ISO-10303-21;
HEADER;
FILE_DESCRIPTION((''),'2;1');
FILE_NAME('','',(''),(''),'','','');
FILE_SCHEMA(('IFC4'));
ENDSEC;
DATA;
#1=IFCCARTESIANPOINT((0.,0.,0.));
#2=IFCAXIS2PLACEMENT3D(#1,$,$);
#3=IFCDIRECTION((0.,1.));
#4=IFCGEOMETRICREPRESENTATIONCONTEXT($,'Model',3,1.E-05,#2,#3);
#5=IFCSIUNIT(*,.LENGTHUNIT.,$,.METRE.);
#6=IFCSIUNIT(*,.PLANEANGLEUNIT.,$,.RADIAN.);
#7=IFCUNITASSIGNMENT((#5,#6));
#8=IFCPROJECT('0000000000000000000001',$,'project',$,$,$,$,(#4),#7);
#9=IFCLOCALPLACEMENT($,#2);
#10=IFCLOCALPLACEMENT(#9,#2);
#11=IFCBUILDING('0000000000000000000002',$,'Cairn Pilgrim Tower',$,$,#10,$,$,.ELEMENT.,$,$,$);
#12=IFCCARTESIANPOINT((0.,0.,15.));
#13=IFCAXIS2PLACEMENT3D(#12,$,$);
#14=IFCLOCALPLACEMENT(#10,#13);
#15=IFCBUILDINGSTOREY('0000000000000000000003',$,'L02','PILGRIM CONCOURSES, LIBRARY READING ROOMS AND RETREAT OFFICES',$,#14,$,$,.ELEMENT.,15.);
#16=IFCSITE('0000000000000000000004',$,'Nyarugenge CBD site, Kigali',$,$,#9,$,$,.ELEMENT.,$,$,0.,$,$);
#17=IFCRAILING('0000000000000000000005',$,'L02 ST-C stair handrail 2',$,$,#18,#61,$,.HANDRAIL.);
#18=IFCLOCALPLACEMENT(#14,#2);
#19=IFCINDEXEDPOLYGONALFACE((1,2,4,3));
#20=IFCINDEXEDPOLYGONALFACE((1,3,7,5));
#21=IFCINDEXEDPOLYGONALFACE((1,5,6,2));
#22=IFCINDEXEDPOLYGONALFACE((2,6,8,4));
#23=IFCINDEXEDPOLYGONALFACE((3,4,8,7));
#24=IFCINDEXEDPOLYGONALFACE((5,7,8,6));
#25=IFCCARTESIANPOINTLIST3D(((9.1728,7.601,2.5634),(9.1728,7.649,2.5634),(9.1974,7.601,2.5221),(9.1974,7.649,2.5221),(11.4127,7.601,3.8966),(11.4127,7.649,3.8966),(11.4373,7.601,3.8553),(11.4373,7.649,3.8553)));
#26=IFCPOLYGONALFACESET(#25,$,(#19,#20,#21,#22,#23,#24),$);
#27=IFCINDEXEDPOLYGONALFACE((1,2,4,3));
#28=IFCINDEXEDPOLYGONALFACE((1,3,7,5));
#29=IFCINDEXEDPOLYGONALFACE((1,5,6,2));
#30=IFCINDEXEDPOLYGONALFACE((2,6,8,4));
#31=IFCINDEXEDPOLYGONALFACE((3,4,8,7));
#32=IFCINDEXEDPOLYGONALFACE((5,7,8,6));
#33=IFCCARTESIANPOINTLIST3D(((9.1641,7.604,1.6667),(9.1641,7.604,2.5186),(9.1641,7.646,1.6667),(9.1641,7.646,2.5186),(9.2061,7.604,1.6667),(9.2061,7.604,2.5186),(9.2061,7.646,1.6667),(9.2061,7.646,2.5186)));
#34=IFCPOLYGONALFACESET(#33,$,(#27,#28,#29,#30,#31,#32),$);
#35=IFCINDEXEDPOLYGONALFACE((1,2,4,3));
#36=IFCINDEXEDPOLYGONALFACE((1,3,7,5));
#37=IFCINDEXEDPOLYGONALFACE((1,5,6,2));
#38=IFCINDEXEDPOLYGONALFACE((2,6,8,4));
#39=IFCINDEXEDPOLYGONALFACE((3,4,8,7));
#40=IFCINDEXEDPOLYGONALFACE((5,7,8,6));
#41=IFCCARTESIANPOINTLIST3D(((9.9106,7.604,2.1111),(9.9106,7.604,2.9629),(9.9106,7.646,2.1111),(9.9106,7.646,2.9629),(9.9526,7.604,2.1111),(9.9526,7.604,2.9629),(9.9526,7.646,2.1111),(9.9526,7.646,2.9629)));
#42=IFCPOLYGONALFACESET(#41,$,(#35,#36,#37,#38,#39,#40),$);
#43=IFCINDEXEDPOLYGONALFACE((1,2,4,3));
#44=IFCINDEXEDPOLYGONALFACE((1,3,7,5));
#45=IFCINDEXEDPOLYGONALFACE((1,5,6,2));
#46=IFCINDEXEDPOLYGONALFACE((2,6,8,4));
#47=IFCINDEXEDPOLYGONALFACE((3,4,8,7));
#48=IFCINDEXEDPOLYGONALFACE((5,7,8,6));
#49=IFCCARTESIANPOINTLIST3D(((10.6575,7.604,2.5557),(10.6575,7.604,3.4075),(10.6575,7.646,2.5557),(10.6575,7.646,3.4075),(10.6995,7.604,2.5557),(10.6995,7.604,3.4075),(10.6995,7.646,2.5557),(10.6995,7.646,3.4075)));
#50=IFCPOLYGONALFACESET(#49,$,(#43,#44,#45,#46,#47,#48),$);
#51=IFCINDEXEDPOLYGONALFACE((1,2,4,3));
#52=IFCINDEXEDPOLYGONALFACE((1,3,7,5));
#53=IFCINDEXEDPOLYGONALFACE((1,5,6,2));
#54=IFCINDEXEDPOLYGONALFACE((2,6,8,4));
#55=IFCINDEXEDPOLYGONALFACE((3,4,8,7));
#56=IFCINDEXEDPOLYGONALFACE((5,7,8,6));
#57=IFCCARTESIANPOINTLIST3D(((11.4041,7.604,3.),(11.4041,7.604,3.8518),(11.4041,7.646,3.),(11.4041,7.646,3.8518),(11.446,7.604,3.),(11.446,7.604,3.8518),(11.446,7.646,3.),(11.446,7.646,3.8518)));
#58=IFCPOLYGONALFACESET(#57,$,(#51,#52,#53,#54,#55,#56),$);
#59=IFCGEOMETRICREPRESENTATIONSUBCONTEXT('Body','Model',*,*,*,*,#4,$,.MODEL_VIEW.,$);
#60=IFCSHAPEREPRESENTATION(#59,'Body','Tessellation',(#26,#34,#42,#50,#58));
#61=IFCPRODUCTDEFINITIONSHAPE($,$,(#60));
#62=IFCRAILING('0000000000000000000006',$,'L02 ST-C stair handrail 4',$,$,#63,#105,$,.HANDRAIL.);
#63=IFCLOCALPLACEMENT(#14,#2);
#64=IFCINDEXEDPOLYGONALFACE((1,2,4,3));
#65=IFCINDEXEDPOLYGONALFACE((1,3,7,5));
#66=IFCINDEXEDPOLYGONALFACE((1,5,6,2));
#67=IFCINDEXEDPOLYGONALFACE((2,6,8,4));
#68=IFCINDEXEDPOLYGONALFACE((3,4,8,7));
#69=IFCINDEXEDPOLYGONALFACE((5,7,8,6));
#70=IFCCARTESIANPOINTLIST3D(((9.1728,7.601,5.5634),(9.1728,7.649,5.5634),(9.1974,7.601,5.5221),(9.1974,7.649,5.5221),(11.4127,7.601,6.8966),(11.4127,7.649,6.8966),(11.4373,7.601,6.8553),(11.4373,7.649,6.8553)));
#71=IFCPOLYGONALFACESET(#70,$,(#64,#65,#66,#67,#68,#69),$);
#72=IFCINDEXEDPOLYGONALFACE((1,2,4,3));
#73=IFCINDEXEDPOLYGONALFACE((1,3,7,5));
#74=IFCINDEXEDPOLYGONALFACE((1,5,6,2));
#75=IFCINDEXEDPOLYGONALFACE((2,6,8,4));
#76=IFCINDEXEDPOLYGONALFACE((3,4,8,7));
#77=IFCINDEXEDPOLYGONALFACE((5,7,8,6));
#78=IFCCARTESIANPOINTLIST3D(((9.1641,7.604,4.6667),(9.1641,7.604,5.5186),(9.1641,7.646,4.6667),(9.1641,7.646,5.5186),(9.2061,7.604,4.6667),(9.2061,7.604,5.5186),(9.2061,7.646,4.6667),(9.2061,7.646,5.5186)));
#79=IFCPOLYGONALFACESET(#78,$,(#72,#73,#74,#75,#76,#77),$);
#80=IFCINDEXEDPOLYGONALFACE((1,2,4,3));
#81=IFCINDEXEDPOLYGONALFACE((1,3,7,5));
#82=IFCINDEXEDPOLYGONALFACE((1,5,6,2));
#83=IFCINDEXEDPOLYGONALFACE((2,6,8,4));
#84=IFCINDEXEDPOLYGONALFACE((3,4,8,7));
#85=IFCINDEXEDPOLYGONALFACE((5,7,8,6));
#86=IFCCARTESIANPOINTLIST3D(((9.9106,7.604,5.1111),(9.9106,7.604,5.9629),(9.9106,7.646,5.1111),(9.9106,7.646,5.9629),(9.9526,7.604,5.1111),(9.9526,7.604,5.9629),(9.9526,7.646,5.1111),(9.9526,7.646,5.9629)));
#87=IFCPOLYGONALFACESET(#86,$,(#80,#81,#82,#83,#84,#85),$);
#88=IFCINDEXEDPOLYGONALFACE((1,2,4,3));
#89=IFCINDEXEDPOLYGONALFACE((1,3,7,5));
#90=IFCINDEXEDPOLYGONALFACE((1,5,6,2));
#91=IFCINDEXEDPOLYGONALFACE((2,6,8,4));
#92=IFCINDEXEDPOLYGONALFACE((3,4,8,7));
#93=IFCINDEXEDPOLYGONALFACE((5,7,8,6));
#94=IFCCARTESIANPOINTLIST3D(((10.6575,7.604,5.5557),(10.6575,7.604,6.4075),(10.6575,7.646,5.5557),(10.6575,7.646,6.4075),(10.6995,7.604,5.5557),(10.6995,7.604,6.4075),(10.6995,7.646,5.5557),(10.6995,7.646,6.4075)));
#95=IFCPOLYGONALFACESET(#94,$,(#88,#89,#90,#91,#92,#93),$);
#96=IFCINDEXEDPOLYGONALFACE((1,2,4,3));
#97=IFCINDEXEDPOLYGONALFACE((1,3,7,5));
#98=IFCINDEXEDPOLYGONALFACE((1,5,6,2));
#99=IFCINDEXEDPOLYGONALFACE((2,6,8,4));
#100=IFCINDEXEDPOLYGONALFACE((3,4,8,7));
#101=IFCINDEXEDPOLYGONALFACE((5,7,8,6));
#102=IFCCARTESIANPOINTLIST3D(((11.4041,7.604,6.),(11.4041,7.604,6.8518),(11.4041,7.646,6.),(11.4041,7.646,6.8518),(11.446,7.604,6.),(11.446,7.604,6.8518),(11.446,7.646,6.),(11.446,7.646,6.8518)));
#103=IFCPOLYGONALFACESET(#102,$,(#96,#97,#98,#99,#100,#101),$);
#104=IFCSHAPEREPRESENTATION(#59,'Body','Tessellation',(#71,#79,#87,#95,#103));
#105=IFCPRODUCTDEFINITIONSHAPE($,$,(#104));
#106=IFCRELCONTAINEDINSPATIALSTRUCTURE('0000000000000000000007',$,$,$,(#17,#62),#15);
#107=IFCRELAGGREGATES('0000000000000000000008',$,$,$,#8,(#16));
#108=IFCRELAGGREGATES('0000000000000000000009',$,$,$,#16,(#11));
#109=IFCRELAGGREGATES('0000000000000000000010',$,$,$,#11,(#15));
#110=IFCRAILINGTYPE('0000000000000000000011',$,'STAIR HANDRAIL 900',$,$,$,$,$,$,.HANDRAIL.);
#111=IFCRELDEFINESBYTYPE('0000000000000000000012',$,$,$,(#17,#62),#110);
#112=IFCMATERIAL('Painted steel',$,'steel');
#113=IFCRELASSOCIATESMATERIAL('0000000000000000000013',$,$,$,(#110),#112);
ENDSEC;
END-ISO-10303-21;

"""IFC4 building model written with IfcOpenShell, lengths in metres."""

from ifc_helpers import new_model, si_unit, direction, frame, origin, origin_2d, place, context, subcontext, project, spatial, rectangle, extrude, material, type_object, element, save


model = new_model("IFC4")

# Units and contexts
model_context = context("Model", 3, precision=1e-05, world=origin(), true_north=direction((0.0, 1.0)))
body_context = subcontext(model_context, "Body", "Model", "MODEL_VIEW")
ifc_project = project(units=[si_unit("LENGTHUNIT", "METRE"), si_unit("PLANEANGLEUNIT", "RADIAN")], contexts=[model_context])

# Site, building, storey
site_placement = place(None, origin())
site = spatial("IfcSite", under=ifc_project, at=site_placement, Name="Nyarugenge CBD site, Kigali", CompositionType="ELEMENT", RefElevation=0.0)
building_placement = place(site_placement, origin())
building = spatial("IfcBuilding", under=site, at=building_placement, Name="Cairn Pilgrim Tower", CompositionType="ELEMENT")
storey_placement = place(building_placement, frame((0.0, 0.0, 15.0)))
storey = spatial("IfcBuildingStorey", under=building, at=storey_placement, Name="L02", Description="PILGRIM CONCOURSES, LIBRARY READING ROOMS AND RETREAT OFFICES", CompositionType="ELEMENT", Elevation=15.0)

# Shared definitions
ifc_material_1 = material(Name="Painted steel", Category="steel")

# Railings
railing_type_1 = type_object("IfcRailingType", Name="STAIR HANDRAIL 900", PredefinedType="HANDRAIL", material=ifc_material_1)
for number, where, name in (
    (1, (9.1851, 7.625, 1.6667), "L02 ST-C stair handrail 2"),
    (2, (9.1851, 7.625, 4.6667), "L02 ST-C stair handrail 4"),
):
    element("IfcRailing", number, at=place(storey_placement, frame(where)), inside=storey, type_object=railing_type_1, Name=name, PredefinedType="HANDRAIL", context=body_context, shape_type="SweptSolid", body=[
        extrude(rectangle(XDim=0.0481, YDim=0.0481, at=origin_2d()), frame((0.0, 0.0, 0.876), z_axis=(0.859306, 0.0, 0.511462), x_axis=(0.0, 1.0, 0.0)), (0.0, 0.0, 1.0), 2.6067),
        extrude(rectangle(XDim=0.042, YDim=0.042, at=origin_2d()), origin(), (0.0, 0.0, 1.0), 0.8518),
        extrude(rectangle(XDim=0.042, YDim=0.042, at=origin_2d()), frame((0.7466, 0.0, 0.4443)), (0.0, 0.0, 1.0), 0.8518),
        extrude(rectangle(XDim=0.042, YDim=0.042, at=origin_2d()), frame((1.4934, 0.0, 0.8889)), (0.0, 0.0, 1.0), 0.8518),
        extrude(rectangle(XDim=0.042, YDim=0.042, at=origin_2d()), frame((2.24, 0.0, 1.3333)), (0.0, 0.0, 1.0), 0.8518),
    ])

save(model, "model.ifc")
